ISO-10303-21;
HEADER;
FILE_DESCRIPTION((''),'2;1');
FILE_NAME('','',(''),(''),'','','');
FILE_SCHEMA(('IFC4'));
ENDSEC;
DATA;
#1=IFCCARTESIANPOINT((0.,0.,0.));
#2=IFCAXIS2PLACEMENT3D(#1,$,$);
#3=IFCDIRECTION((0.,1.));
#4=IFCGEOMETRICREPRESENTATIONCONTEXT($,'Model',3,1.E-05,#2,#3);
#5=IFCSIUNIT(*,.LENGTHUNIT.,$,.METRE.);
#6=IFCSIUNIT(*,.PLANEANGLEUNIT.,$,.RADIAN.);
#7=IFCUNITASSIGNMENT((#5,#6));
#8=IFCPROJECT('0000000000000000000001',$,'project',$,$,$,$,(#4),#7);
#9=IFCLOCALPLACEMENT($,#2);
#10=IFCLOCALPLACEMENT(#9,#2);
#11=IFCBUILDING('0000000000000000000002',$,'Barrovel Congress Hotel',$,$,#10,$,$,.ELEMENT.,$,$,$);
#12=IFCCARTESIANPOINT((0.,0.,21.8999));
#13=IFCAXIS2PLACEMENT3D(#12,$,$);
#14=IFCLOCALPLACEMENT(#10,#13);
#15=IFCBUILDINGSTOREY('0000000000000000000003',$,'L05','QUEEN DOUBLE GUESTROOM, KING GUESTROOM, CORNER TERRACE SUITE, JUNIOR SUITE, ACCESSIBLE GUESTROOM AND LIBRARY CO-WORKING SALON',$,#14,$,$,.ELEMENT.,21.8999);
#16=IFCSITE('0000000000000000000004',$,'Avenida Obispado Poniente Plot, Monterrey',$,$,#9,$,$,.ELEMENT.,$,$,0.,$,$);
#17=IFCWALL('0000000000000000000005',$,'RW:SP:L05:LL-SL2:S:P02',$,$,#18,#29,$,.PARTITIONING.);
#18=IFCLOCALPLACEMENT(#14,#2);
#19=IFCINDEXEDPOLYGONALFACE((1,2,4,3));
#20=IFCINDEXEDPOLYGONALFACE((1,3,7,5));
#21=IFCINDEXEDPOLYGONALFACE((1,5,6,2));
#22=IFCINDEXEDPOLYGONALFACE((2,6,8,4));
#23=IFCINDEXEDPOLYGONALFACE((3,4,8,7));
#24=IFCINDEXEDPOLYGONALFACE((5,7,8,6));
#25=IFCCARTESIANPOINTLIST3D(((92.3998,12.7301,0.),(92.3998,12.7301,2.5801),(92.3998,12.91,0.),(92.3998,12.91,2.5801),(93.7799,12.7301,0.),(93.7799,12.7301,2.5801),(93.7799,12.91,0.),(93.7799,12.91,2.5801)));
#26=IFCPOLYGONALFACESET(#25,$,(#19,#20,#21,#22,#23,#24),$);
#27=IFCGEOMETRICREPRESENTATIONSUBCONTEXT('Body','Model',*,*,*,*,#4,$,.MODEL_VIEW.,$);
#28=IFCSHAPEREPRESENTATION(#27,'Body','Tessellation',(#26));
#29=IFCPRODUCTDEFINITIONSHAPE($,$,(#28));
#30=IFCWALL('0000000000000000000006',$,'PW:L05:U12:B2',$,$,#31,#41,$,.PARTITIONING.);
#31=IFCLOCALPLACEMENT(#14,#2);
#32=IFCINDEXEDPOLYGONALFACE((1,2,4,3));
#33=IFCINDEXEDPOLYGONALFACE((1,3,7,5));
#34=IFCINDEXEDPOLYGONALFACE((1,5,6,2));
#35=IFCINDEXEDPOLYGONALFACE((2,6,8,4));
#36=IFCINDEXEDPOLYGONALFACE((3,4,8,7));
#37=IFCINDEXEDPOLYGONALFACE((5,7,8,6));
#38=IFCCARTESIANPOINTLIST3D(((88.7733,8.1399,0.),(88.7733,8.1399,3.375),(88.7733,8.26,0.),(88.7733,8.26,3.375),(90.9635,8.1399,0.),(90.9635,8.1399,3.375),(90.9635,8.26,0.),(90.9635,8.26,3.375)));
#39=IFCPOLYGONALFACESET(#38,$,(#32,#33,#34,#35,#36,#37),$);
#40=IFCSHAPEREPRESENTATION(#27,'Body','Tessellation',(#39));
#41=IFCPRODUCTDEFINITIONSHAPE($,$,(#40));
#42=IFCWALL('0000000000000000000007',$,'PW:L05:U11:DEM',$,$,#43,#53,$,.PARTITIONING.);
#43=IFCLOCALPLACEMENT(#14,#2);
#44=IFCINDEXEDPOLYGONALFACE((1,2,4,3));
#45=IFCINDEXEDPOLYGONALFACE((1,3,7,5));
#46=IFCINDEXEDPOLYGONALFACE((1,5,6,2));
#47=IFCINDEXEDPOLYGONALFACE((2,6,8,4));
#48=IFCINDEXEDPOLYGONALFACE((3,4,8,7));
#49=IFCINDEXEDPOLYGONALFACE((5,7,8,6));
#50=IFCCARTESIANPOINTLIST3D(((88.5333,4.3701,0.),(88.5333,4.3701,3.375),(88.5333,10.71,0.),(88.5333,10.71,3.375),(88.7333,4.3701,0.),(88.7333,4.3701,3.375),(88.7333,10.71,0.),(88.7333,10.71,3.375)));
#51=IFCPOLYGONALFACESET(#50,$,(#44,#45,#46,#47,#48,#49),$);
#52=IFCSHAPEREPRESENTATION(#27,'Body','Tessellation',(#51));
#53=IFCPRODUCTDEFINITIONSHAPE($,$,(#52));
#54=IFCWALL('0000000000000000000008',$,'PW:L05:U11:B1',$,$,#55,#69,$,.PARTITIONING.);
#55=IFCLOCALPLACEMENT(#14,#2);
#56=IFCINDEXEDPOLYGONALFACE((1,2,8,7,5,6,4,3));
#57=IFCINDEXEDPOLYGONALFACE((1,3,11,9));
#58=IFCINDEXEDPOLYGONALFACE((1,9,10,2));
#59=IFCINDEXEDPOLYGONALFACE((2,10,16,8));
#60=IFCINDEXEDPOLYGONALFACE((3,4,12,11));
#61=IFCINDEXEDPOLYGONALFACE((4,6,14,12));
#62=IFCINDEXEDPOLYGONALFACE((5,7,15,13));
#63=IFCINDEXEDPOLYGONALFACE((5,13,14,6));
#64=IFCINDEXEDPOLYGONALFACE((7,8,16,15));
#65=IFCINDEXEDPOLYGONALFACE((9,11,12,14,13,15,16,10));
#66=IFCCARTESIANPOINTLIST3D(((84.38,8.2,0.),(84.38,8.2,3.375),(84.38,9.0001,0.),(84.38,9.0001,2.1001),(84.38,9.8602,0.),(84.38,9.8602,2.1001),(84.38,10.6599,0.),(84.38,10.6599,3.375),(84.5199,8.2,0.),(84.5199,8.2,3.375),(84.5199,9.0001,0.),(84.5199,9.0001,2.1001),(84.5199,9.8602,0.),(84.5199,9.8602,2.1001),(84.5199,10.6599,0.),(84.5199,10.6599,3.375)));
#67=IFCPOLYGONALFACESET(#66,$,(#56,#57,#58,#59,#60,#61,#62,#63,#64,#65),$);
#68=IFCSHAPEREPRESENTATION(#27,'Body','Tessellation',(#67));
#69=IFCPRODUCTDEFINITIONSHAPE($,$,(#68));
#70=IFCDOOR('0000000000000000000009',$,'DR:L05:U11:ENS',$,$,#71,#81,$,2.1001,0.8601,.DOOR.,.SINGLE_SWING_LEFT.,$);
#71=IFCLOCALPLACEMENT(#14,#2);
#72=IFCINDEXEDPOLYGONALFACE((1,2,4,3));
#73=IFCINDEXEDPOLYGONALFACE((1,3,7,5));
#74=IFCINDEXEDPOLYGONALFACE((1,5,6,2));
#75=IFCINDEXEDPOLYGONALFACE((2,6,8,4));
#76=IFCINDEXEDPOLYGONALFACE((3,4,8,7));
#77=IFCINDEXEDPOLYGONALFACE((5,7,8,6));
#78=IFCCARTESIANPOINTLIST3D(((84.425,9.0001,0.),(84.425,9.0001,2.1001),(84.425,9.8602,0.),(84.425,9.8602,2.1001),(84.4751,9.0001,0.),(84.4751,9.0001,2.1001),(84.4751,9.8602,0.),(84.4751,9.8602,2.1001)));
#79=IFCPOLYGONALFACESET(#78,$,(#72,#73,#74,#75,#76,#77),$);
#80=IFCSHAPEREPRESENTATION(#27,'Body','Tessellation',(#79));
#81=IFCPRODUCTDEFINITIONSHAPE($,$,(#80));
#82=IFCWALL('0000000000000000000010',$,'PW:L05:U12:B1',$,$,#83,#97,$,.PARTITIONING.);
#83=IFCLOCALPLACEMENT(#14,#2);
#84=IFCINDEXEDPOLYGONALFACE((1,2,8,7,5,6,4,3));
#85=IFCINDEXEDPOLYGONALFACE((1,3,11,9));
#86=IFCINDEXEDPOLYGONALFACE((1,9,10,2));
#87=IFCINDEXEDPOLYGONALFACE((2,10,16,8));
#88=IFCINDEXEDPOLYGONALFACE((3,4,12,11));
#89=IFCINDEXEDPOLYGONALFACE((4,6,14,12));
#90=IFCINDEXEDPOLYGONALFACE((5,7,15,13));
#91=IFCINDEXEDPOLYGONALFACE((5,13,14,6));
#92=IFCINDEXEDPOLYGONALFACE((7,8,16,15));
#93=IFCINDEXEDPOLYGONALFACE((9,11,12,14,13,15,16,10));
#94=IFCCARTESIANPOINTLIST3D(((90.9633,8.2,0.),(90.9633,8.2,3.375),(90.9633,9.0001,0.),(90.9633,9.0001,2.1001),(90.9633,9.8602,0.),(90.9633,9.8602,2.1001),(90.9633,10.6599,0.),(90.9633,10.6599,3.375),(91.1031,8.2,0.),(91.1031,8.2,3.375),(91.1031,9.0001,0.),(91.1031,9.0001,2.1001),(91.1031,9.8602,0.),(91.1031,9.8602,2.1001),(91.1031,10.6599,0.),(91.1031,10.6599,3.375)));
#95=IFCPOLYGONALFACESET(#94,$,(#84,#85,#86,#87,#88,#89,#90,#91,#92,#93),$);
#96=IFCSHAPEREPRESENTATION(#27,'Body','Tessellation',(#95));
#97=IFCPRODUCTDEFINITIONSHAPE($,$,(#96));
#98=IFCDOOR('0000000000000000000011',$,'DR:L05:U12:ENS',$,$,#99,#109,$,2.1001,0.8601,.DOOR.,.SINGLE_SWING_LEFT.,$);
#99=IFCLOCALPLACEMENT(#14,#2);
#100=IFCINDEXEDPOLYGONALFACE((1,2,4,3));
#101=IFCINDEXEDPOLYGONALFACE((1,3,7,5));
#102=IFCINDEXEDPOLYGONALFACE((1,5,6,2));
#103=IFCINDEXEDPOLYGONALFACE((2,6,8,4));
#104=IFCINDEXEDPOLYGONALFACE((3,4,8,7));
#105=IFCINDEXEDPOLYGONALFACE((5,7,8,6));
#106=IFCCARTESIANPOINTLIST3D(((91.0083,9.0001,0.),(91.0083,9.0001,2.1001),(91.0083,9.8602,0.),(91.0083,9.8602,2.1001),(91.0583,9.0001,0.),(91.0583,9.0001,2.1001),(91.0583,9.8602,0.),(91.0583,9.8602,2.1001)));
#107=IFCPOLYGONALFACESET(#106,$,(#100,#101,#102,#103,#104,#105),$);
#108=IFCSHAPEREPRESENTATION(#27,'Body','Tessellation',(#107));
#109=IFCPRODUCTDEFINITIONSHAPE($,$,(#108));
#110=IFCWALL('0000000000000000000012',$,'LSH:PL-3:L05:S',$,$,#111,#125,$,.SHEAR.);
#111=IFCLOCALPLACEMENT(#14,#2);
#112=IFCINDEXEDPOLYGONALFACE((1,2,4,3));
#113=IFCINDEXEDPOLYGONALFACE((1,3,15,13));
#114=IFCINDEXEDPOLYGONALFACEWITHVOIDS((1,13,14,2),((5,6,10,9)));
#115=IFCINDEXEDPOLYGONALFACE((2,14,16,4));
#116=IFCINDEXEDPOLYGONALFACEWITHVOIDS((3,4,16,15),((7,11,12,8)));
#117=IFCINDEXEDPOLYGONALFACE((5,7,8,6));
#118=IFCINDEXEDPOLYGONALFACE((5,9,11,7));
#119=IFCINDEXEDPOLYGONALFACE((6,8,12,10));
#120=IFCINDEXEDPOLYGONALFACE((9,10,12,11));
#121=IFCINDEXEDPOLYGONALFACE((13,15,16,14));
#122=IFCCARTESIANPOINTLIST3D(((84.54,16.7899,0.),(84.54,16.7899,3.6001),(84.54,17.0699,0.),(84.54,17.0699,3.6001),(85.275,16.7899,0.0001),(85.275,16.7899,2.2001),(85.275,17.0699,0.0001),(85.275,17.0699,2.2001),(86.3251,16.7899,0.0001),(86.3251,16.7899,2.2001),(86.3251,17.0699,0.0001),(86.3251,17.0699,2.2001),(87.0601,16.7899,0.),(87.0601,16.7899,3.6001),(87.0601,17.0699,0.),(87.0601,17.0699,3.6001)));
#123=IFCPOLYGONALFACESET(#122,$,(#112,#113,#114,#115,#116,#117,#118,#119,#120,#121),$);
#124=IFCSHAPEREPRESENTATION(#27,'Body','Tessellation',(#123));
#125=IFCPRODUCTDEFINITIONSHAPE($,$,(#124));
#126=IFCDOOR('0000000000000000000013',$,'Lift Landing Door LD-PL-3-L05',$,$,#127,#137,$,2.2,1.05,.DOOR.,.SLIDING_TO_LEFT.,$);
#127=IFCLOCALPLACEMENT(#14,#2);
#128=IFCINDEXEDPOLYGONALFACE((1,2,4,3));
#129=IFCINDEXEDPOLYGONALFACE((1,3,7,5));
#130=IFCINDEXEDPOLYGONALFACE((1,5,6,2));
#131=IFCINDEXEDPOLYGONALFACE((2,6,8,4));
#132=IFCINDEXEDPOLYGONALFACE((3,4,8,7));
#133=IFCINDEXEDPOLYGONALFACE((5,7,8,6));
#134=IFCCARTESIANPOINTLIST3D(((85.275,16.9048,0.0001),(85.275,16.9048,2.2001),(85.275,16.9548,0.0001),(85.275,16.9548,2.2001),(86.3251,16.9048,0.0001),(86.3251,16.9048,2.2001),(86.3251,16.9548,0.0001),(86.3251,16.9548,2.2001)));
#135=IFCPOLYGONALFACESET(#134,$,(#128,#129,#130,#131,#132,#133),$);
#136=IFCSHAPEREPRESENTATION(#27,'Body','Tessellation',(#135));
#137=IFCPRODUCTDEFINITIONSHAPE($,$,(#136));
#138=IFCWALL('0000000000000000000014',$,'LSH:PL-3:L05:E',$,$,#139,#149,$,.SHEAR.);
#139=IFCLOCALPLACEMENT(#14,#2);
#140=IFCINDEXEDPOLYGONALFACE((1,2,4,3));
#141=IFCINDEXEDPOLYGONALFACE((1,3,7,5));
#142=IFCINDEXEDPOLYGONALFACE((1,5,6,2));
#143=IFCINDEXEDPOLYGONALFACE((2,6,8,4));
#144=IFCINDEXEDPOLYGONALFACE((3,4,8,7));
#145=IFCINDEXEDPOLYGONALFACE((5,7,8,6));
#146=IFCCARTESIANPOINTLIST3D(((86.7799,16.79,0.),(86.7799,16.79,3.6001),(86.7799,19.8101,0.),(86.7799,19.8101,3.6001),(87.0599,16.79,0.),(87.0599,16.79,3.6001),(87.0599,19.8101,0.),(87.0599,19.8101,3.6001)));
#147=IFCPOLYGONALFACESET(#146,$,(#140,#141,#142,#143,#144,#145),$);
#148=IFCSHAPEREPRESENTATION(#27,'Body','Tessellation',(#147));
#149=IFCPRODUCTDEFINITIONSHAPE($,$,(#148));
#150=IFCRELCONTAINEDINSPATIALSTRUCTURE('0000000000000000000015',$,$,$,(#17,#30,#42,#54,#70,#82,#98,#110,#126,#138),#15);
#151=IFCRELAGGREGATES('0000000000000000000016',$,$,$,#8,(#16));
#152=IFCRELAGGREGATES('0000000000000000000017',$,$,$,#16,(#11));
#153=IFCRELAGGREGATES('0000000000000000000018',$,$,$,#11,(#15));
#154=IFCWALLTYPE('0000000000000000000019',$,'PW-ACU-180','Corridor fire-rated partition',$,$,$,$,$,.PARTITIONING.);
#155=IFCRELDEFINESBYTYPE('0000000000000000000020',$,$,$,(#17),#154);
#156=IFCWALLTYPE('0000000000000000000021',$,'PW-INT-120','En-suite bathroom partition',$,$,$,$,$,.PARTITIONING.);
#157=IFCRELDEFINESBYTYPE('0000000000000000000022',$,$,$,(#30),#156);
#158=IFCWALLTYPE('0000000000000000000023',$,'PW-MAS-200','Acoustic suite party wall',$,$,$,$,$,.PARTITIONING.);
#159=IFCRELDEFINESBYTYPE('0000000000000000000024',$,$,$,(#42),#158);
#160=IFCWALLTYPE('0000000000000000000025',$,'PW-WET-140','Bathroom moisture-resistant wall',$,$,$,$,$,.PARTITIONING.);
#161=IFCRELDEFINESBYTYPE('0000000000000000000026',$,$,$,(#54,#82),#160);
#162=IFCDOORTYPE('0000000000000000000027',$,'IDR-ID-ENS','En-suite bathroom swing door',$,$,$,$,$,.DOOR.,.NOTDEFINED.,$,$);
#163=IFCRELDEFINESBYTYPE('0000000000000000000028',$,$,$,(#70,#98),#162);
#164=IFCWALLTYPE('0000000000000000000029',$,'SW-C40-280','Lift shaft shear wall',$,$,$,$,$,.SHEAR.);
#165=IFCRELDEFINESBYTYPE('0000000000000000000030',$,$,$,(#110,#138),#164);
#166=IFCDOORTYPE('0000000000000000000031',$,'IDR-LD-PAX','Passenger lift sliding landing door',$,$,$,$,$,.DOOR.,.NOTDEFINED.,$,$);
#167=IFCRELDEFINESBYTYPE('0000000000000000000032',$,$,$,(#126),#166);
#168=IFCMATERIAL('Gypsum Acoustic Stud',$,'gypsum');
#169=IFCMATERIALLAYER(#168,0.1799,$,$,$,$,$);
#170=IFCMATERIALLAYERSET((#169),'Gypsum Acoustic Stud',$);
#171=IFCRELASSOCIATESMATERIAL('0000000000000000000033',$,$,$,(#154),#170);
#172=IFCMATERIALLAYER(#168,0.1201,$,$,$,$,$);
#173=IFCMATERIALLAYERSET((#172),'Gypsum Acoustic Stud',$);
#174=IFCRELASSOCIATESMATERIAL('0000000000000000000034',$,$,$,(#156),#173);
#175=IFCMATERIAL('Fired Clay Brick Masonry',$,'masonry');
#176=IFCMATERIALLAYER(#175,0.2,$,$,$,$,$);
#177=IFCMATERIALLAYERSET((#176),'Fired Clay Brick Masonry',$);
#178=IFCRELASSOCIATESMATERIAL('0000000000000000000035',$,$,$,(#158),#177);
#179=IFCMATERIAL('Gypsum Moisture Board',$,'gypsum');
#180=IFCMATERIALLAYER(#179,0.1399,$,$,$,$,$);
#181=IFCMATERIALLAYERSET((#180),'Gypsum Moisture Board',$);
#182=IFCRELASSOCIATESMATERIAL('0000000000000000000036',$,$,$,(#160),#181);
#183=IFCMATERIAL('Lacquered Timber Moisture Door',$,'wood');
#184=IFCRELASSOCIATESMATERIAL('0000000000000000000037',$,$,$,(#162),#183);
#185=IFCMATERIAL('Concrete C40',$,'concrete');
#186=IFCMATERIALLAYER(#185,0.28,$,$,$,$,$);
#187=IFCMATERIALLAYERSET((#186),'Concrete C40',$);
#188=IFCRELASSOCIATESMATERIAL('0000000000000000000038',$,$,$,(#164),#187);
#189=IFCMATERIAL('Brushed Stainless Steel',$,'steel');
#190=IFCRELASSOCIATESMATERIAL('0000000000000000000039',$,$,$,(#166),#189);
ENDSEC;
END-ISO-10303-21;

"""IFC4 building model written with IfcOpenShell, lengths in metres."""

from ifc_helpers import new_model, si_unit, direction, frame, frame_2d, origin, place, context, subcontext, project, spatial, rectangle, extrude, material, layer, layer_set, type_object, element, fill, save


model = new_model("IFC4")

# Units and contexts
model_context = context("Model", 3, precision=1e-05, world=origin(), true_north=direction((0.0, 1.0)))
body_context = subcontext(model_context, "Body", "Model", "MODEL_VIEW")
ifc_project = project(units=[si_unit("LENGTHUNIT", "METRE"), si_unit("PLANEANGLEUNIT", "RADIAN")], contexts=[model_context])

# Site, building, storey
site_placement = place(None, origin())
site = spatial("IfcSite", under=ifc_project, at=site_placement, Name="Avenida Obispado Poniente Plot, Monterrey", CompositionType="ELEMENT", RefElevation=0.0)
building_placement = place(site_placement, origin())
building = spatial("IfcBuilding", under=site, at=building_placement, Name="Barrovel Congress Hotel", CompositionType="ELEMENT")
storey_placement = place(building_placement, frame((0.0, 0.0, 21.8999)))
storey = spatial("IfcBuildingStorey", under=building, at=storey_placement, Name="L05", Description="QUEEN DOUBLE GUESTROOM, KING GUESTROOM, CORNER TERRACE SUITE, JUNIOR SUITE, ACCESSIBLE GUESTROOM AND LIBRARY CO-WORKING SALON", CompositionType="ELEMENT", Elevation=21.8999)

# Shared definitions
ifc_material_1 = material(Name="Concrete C40", Category="concrete")

# Shared definitions
ifc_material_2 = material(Name="Fired Clay Brick Masonry", Category="masonry")

# Shared definitions
ifc_material_3 = material(Name="Gypsum Acoustic Stud", Category="gypsum")
ifc_layer_1 = layer(ifc_material_3, 0.1799)
ifc_layer_set_1 = layer_set([ifc_layer_1], Name="Gypsum Acoustic Stud")
wall_type_1 = type_object("IfcWallType", Name="PW-ACU-180", Description="Corridor fire-rated partition", PredefinedType="PARTITIONING", material=ifc_layer_set_1)

# Walls
wall_1_placement = place(storey_placement, frame((92.3999, 12.8201, 0.0), z_axis=(0.0, 0.0, 1.0), x_axis=(1.0, 0.0, 0.0)))
element("IfcWall", 1, at=wall_1_placement, inside=storey, type_object=wall_type_1, Name="RW:SP:L05:LL-SL2:S:P02", PredefinedType="PARTITIONING", context=body_context, shape_type="SweptSolid", body=[
    extrude(rectangle(XDim=1.3801, YDim=0.1799, at=frame_2d((0.6899, 0.0))), origin(), (0.0, 0.0, 1.0), 2.5801),
])
ifc_layer_2 = layer(ifc_material_3, 0.1201)
ifc_layer_set_2 = layer_set([ifc_layer_2], Name="Gypsum Acoustic Stud")
wall_type_2 = type_object("IfcWallType", Name="PW-INT-120", Description="En-suite bathroom partition", PredefinedType="PARTITIONING", material=ifc_layer_set_2)
wall_2_placement = place(storey_placement, frame((88.7732, 8.2, 0.0), z_axis=(0.0, 0.0, 1.0), x_axis=(1.0, 0.0, 0.0)))
element("IfcWall", 2, at=wall_2_placement, inside=storey, type_object=wall_type_2, Name="PW:L05:U12:B2", PredefinedType="PARTITIONING", context=body_context, shape_type="SweptSolid", body=[
    extrude(rectangle(XDim=2.1902, YDim=0.1201, at=frame_2d((1.0952, 0.0))), origin(), (0.0, 0.0, 1.0), 3.375),
])
ifc_layer_3 = layer(ifc_material_2, 0.2)
ifc_layer_set_3 = layer_set([ifc_layer_3], Name="Fired Clay Brick Masonry")
wall_type_3 = type_object("IfcWallType", Name="PW-MAS-200", Description="Acoustic suite party wall", PredefinedType="PARTITIONING", material=ifc_layer_set_3)
wall_3_placement = place(storey_placement, frame((88.6333, 4.3701, 0.0), z_axis=(0.0, 0.0, 1.0), x_axis=(0.0, 1.0, 0.0)))
element("IfcWall", 3, at=wall_3_placement, inside=storey, type_object=wall_type_3, Name="PW:L05:U11:DEM", PredefinedType="PARTITIONING", context=body_context, shape_type="SweptSolid", body=[
    extrude(rectangle(XDim=6.3398, YDim=0.2, at=frame_2d((3.1699, 0.0))), origin(), (0.0, 0.0, 1.0), 3.375),
])

# Walls, openings, doors
ifc_material_4 = material(Name="Gypsum Moisture Board", Category="gypsum")
ifc_layer_4 = layer(ifc_material_4, 0.1399)
ifc_layer_set_4 = layer_set([ifc_layer_4], Name="Gypsum Moisture Board")
wall_type_4 = type_object("IfcWallType", Name="PW-WET-140", Description="Bathroom moisture-resistant wall", PredefinedType="PARTITIONING", material=ifc_layer_set_4)
wall_4_placement = place(storey_placement, frame((84.45, 8.2, 0.0), z_axis=(0.0, 0.0, 1.0), x_axis=(0.0, 1.0, 0.0)))
wall_4 = element("IfcWall", 4, at=wall_4_placement, inside=storey, type_object=wall_type_4, Name="PW:L05:U11:B1", PredefinedType="PARTITIONING", context=body_context, shape_type="SweptSolid", body=[
    extrude(rectangle(XDim=2.46, YDim=0.1399, at=frame_2d((1.23, 0.0))), origin(), (0.0, 0.0, 1.0), 3.375),
])
opening_1_placement = place(wall_4_placement, frame((0.8, 0.0, 0.0)))
opening_1 = element("IfcOpeningElement", 5, at=opening_1_placement, cuts=wall_4, PredefinedType="OPENING", context=body_context, shape_type="SweptSolid", body=[
    extrude(rectangle(XDim=0.8601, YDim=2.1001, at=frame_2d((0.4302, 1.05))), frame((0.0, 0.0801, 0.0), z_axis=(0.0, -1.0, 0.0), x_axis=(1.0, 0.0, 0.0)), (0.0, 0.0, 1.0), 0.1599),
])
ifc_material_5 = material(Name="Lacquered Timber Moisture Door", Category="wood")
door_type_1 = type_object("IfcDoorType", Name="IDR-ID-ENS", Description="En-suite bathroom swing door", OperationType="NOTDEFINED", PredefinedType="DOOR", material=ifc_material_5)
door_1_placement = place(opening_1_placement, origin())
door_1 = element("IfcDoor", 6, at=door_1_placement, inside=storey, type_object=door_type_1, Name="DR:L05:U11:ENS", OperationType="SINGLE_SWING_LEFT", OverallHeight=2.1001, OverallWidth=0.8601, PredefinedType="DOOR", context=body_context, shape_type="SweptSolid", body=[
    extrude(rectangle(XDim=0.8601, YDim=2.1001, at=frame_2d((0.4302, 1.05))), frame((0.0, 0.0249, 0.0), z_axis=(0.0, -1.0, 0.0), x_axis=(1.0, 0.0, 0.0)), (0.0, 0.0, 1.0), 0.05),
])
fill(opening_1, door_1)
wall_5_placement = place(storey_placement, frame((91.0332, 8.2, 0.0), z_axis=(0.0, 0.0, 1.0), x_axis=(0.0, 1.0, 0.0)))
wall_5 = element("IfcWall", 7, at=wall_5_placement, inside=storey, type_object=wall_type_4, Name="PW:L05:U12:B1", PredefinedType="PARTITIONING", context=body_context, shape_type="SweptSolid", body=[
    extrude(rectangle(XDim=2.46, YDim=0.1399, at=frame_2d((1.23, 0.0))), origin(), (0.0, 0.0, 1.0), 3.375),
])
opening_2_placement = place(wall_5_placement, frame((0.8, 0.0, 0.0)))
opening_2 = element("IfcOpeningElement", 8, at=opening_2_placement, cuts=wall_5, PredefinedType="OPENING", context=body_context, shape_type="SweptSolid", body=[
    extrude(rectangle(XDim=0.8601, YDim=2.1001, at=frame_2d((0.4302, 1.05))), frame((0.0, 0.0801, 0.0), z_axis=(0.0, -1.0, 0.0), x_axis=(1.0, 0.0, 0.0)), (0.0, 0.0, 1.0), 0.1599),
])
door_2_placement = place(opening_2_placement, origin())
door_2 = element("IfcDoor", 9, at=door_2_placement, inside=storey, type_object=door_type_1, Name="DR:L05:U12:ENS", OperationType="SINGLE_SWING_LEFT", OverallHeight=2.1001, OverallWidth=0.8601, PredefinedType="DOOR", context=body_context, shape_type="SweptSolid", body=[
    extrude(rectangle(XDim=0.8601, YDim=2.1001, at=frame_2d((0.4302, 1.05))), frame((0.0, 0.0249, 0.0), z_axis=(0.0, -1.0, 0.0), x_axis=(1.0, 0.0, 0.0)), (0.0, 0.0, 1.0), 0.05),
])
fill(opening_2, door_2)
ifc_layer_5 = layer(ifc_material_1, 0.28)
ifc_layer_set_5 = layer_set([ifc_layer_5], Name="Concrete C40")
wall_type_5 = type_object("IfcWallType", Name="SW-C40-280", Description="Lift shaft shear wall", PredefinedType="SHEAR", material=ifc_layer_set_5)
wall_6_placement = place(storey_placement, frame((84.54, 16.9299, 0.0), z_axis=(0.0, 0.0, 1.0), x_axis=(1.0, 0.0, 0.0)))
wall_6 = element("IfcWall", 10, at=wall_6_placement, inside=storey, type_object=wall_type_5, Name="LSH:PL-3:L05:S", PredefinedType="SHEAR", context=body_context, shape_type="SweptSolid", body=[
    extrude(rectangle(XDim=2.52, YDim=0.28, at=frame_2d((1.26, 0.0))), origin(), (0.0, 0.0, 1.0), 3.6001),
])
opening_3_placement = place(wall_6_placement, frame((0.7351, 0.0, 0.0)))
opening_3 = element("IfcOpeningElement", 11, at=opening_3_placement, cuts=wall_6, PredefinedType="OPENING", context=body_context, shape_type="SweptSolid", body=[
    extrude(rectangle(XDim=1.05, YDim=2.2, at=frame_2d((0.5249, 1.1001))), frame((0.0, 0.1499, 0.0), z_axis=(0.0, -1.0, 0.0), x_axis=(1.0, 0.0, 0.0)), (0.0, 0.0, 1.0), 0.3),
])
ifc_material_6 = material(Name="Brushed Stainless Steel", Category="steel")
door_type_2 = type_object("IfcDoorType", Name="IDR-LD-PAX", Description="Passenger lift sliding landing door", OperationType="NOTDEFINED", PredefinedType="DOOR", material=ifc_material_6)
door_3_placement = place(opening_3_placement, origin())
door_3 = element("IfcDoor", 12, at=door_3_placement, inside=storey, type_object=door_type_2, Name="Lift Landing Door LD-PL-3-L05", OperationType="SLIDING_TO_LEFT", OverallHeight=2.2, OverallWidth=1.05, PredefinedType="DOOR", context=body_context, shape_type="SweptSolid", body=[
    extrude(rectangle(XDim=1.05, YDim=2.2, at=frame_2d((0.5249, 1.1001))), frame((0.0, 0.0249, 0.0), z_axis=(0.0, -1.0, 0.0), x_axis=(1.0, 0.0, 0.0)), (0.0, 0.0, 1.0), 0.05),
])
fill(opening_3, door_3)

# Wall
wall_7_placement = place(storey_placement, frame((86.9199, 16.79, 0.0), z_axis=(0.0, 0.0, 1.0), x_axis=(0.0, 1.0, 0.0)))
element("IfcWall", 13, at=wall_7_placement, inside=storey, type_object=wall_type_5, Name="LSH:PL-3:L05:E", PredefinedType="SHEAR", context=body_context, shape_type="SweptSolid", body=[
    extrude(rectangle(XDim=3.02, YDim=0.28, at=frame_2d((1.51, 0.0))), origin(), (0.0, 0.0, 1.0), 3.6001),
])

save(model, "model.ifc")
